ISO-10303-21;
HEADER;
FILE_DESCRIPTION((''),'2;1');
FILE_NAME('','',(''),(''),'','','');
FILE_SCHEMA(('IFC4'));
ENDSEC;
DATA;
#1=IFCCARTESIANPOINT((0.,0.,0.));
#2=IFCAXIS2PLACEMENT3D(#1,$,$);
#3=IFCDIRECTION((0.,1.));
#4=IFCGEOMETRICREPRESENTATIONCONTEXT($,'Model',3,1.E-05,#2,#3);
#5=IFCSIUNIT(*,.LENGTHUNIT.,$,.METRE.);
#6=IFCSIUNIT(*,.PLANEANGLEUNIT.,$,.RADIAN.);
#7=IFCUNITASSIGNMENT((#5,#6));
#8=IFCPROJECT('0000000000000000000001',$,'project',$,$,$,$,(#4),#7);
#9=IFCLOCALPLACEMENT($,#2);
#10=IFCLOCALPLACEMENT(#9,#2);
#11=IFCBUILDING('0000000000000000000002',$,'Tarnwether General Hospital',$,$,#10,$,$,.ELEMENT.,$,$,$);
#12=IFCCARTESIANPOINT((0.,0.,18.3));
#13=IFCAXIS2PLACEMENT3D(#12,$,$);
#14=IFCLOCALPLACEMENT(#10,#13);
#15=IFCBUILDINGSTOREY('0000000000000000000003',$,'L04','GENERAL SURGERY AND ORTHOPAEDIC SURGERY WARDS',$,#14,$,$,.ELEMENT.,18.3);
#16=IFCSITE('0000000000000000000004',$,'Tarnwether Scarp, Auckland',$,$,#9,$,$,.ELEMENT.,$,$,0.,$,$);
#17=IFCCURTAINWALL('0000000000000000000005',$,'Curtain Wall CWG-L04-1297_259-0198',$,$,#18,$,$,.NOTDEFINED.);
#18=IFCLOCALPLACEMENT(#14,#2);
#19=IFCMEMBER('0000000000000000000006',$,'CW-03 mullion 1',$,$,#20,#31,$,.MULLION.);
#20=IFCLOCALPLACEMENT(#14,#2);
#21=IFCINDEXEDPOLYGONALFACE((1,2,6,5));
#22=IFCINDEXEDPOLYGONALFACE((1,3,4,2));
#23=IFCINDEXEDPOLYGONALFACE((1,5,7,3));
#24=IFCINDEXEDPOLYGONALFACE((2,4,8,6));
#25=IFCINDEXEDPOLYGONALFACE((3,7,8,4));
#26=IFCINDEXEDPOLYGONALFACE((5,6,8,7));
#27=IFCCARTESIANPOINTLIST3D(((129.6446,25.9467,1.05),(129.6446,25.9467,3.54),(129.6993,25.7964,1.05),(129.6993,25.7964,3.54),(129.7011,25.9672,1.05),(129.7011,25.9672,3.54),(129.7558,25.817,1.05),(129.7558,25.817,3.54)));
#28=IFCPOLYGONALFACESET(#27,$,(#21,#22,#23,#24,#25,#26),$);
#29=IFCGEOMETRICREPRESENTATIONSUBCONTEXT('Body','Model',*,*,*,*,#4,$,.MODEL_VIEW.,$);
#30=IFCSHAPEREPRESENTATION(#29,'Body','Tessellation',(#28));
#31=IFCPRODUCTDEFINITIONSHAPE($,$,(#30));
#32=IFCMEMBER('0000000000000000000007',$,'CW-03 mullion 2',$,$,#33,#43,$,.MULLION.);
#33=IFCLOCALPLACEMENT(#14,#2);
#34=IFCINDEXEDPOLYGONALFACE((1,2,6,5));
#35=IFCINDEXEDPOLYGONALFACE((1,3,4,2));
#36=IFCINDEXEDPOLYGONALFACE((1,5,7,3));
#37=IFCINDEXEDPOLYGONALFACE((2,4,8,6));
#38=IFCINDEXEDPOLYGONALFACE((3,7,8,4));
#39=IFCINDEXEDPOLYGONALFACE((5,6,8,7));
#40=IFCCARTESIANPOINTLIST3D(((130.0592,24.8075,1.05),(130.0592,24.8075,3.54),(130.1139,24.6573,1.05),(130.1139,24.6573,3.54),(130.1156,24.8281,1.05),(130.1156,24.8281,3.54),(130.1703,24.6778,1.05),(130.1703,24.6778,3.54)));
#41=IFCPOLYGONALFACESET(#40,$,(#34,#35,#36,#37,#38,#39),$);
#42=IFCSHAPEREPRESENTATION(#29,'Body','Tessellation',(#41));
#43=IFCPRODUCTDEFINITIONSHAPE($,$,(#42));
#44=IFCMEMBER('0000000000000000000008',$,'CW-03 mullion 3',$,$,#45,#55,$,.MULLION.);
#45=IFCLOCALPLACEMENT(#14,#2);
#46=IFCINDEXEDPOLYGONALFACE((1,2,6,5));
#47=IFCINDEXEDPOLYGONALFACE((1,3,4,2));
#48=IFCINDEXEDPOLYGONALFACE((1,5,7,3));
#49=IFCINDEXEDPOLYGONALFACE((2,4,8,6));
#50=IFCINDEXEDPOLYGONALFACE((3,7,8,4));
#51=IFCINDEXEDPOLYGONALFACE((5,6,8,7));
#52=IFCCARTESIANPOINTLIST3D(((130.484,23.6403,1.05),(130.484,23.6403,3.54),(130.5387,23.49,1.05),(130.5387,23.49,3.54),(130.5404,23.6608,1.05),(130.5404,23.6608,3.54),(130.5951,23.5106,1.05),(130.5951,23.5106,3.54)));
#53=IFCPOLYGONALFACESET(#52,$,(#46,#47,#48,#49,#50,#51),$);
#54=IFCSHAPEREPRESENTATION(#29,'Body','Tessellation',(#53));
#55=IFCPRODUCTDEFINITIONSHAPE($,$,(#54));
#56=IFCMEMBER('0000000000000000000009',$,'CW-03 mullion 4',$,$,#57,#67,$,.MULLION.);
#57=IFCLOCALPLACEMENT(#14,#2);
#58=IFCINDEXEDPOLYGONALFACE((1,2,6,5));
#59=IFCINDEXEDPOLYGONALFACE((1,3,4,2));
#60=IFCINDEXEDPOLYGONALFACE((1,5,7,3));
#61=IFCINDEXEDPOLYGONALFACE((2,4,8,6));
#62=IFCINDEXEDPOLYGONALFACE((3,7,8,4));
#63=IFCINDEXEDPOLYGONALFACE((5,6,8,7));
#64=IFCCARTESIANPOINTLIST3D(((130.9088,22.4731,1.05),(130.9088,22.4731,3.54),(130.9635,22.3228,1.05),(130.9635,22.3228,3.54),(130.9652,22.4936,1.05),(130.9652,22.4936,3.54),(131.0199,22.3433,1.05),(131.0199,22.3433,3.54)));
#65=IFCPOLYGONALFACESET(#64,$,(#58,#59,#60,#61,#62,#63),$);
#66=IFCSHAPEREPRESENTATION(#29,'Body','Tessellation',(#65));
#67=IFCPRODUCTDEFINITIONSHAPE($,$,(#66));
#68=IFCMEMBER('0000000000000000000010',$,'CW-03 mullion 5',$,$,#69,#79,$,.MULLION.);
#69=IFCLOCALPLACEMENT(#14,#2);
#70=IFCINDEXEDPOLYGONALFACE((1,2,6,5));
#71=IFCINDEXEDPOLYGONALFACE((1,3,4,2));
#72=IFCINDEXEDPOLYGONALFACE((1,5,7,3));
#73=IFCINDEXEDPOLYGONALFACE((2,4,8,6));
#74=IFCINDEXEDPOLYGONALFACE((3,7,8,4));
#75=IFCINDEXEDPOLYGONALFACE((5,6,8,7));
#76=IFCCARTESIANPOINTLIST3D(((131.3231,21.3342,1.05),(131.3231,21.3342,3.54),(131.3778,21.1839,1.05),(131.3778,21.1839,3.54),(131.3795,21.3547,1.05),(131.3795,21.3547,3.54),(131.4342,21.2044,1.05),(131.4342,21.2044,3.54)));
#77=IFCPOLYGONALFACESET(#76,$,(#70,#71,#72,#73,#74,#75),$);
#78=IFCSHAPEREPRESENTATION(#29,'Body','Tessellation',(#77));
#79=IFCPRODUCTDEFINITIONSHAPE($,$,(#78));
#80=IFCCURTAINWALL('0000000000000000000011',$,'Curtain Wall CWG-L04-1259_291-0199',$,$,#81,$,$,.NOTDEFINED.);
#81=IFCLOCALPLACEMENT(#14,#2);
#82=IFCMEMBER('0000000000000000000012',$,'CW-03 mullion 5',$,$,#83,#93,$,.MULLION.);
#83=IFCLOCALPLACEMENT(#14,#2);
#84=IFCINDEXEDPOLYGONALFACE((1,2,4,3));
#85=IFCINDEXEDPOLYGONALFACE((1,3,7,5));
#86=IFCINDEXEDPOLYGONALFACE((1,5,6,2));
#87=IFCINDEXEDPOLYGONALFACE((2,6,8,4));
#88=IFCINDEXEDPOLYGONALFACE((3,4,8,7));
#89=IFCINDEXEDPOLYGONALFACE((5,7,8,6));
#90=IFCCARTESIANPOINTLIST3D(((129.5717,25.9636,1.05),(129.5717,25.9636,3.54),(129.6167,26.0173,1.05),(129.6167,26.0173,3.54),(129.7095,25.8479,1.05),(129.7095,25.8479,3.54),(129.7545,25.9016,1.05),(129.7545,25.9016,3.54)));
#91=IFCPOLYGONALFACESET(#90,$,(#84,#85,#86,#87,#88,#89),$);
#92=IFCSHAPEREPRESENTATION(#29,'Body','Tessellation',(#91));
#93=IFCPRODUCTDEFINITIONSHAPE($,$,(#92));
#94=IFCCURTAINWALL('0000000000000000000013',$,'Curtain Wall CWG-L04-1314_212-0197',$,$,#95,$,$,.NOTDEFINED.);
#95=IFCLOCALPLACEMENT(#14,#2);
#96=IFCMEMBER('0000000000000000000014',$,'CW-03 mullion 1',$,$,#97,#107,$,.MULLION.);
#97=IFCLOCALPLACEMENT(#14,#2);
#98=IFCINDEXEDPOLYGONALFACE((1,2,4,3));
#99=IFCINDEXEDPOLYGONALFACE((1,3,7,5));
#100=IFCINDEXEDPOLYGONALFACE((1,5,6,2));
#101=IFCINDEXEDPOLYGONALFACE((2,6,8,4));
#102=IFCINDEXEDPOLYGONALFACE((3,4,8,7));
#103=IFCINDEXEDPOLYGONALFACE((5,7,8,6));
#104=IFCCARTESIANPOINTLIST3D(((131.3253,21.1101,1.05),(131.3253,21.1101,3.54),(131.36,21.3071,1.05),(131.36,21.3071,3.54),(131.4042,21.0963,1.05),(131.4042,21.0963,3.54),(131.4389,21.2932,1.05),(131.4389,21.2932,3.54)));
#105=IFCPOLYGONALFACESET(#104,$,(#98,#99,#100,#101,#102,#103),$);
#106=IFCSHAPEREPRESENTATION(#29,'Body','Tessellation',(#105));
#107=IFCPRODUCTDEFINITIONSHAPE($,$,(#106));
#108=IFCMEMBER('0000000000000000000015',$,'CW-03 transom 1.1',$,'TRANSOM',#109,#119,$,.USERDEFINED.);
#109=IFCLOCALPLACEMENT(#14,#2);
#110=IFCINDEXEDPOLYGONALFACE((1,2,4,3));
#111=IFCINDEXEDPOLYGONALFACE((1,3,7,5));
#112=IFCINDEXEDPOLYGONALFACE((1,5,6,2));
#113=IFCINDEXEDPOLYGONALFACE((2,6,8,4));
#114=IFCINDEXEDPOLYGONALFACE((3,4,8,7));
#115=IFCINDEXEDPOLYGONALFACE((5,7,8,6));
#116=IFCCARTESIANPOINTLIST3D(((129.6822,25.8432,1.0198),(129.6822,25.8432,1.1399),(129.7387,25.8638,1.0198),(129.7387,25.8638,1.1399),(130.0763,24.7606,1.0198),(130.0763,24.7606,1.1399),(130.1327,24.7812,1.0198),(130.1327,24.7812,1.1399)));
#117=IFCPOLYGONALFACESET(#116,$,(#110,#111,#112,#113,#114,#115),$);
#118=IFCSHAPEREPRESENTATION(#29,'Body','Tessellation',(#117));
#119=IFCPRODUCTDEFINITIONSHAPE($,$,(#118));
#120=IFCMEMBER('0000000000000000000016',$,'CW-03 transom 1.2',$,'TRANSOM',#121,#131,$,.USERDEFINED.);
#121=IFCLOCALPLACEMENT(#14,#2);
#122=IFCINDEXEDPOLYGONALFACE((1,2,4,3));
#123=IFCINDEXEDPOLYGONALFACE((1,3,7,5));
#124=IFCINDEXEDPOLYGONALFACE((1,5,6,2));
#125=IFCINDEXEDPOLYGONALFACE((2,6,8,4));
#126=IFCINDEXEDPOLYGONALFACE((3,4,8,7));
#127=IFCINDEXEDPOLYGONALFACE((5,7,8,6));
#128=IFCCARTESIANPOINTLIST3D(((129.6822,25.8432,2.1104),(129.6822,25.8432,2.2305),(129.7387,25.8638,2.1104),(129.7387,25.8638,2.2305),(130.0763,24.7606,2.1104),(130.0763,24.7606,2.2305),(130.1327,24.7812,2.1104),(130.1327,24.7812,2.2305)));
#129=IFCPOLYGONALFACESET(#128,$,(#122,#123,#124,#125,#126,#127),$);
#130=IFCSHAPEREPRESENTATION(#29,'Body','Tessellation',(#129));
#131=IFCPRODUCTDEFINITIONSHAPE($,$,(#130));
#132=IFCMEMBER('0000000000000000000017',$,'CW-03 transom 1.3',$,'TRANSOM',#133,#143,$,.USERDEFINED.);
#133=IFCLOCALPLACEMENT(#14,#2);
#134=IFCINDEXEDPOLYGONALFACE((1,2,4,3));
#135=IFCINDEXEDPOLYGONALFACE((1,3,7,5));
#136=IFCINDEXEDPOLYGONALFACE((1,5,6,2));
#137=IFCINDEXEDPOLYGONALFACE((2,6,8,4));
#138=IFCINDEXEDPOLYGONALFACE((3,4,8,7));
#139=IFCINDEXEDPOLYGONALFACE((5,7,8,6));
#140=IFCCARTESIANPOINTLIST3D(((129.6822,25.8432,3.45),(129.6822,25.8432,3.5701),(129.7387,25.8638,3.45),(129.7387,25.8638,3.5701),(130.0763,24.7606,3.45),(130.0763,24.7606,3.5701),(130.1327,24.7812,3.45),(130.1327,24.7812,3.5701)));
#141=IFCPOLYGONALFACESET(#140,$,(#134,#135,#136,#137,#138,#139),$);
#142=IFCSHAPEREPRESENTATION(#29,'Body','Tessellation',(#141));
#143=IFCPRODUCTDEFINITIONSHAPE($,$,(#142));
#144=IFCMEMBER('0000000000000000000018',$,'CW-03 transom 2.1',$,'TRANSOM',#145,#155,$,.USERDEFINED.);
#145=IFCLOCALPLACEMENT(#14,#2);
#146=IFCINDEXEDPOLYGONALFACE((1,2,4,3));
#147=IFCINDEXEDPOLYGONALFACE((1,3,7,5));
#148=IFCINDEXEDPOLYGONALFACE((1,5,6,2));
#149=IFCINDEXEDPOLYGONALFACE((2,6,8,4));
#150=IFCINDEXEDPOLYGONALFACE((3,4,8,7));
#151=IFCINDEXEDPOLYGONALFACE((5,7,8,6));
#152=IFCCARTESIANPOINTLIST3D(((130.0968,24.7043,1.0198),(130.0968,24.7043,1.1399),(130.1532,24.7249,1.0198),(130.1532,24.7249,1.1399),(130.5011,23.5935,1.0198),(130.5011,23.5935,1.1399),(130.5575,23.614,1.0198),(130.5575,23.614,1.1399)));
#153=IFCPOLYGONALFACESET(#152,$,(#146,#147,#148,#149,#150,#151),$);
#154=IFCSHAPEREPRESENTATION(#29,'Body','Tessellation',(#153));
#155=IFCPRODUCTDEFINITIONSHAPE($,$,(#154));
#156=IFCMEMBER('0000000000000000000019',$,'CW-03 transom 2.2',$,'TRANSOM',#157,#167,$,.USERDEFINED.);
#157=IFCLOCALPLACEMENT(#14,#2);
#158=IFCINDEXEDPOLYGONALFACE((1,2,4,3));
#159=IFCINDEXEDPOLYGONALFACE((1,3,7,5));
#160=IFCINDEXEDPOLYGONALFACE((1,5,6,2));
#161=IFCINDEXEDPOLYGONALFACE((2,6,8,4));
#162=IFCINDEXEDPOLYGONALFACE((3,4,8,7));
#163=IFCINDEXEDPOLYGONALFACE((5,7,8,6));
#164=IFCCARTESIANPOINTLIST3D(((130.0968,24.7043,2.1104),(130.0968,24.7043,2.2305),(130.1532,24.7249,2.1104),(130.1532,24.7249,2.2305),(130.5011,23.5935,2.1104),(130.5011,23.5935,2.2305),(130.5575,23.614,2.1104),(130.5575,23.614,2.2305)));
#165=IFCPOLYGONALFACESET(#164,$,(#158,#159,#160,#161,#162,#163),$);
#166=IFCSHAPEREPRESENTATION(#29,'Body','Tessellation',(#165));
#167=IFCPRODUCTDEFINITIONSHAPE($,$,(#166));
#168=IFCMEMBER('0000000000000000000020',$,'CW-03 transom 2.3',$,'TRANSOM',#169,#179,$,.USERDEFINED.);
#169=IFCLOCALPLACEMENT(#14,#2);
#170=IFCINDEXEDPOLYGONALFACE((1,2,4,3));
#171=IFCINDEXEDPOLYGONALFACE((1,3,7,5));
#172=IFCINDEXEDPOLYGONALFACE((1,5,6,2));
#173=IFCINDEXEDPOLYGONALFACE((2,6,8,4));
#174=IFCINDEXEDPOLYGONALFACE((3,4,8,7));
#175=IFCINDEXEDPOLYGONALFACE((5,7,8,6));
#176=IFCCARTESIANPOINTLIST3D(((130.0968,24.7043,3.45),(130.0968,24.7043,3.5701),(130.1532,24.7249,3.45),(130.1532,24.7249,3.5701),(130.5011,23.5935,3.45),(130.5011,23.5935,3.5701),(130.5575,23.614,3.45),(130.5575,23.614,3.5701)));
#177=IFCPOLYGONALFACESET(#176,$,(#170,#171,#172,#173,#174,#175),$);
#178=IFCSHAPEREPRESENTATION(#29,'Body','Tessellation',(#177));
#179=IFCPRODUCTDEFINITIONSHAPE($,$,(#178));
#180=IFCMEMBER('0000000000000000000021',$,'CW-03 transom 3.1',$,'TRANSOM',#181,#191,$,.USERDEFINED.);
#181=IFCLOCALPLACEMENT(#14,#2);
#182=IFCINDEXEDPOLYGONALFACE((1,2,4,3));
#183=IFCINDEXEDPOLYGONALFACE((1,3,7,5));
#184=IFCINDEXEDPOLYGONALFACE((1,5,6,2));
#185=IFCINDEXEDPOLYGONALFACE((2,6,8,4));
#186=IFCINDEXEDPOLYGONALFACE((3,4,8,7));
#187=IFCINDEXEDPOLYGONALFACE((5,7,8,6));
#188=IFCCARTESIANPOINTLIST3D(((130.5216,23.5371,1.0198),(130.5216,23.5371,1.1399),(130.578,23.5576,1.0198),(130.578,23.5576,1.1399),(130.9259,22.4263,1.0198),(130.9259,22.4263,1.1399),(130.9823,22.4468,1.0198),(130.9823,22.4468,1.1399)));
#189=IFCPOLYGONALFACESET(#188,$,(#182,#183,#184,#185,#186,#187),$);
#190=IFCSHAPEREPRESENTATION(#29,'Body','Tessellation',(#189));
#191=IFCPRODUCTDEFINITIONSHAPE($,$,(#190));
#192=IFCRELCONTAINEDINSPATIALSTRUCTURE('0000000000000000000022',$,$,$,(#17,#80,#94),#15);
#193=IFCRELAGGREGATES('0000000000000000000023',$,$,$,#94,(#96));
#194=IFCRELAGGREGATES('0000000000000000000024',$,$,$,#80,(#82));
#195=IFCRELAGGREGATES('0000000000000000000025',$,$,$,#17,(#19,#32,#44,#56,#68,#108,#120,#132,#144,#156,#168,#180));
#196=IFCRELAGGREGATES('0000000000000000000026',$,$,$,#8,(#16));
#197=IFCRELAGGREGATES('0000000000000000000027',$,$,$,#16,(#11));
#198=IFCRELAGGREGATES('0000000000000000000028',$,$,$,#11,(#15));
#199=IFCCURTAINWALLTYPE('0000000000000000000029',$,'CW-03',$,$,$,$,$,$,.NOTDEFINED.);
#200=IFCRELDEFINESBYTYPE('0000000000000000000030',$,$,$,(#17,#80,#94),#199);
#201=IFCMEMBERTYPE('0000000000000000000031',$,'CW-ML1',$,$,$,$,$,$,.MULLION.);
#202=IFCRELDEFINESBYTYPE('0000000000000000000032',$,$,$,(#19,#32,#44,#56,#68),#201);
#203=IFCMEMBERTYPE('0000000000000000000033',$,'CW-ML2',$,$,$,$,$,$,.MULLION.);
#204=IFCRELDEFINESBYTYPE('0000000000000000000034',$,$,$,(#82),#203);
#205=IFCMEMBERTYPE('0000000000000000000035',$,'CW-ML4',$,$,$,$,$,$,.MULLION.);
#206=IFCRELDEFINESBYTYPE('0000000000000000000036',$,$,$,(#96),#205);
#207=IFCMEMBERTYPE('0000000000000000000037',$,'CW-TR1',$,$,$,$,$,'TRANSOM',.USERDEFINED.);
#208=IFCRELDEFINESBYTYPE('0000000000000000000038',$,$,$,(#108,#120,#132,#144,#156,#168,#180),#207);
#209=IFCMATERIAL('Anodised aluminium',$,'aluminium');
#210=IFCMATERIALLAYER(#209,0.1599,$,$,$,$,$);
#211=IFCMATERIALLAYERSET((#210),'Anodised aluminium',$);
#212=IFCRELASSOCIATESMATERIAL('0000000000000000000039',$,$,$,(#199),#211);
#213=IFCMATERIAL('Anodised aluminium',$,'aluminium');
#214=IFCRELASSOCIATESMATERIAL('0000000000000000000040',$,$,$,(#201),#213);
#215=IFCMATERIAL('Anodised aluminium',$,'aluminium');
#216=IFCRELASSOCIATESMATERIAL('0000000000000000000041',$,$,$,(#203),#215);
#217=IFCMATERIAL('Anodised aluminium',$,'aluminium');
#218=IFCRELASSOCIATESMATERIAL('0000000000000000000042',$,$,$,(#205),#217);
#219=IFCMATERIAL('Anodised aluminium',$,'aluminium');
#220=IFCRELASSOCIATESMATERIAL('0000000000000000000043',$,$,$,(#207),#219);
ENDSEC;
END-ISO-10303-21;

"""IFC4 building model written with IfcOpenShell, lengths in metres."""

from ifc_helpers import new_model, si_unit, direction, frame, origin, origin_2d, place, context, subcontext, project, spatial, rectangle, extrude, material, layer, layer_set, material_profile, profile_set, type_object, element, aggregate, save


model = new_model("IFC4")

# Units and contexts
model_context = context("Model", 3, precision=1e-05, world=origin(), true_north=direction((0.0, 1.0)))
body_context = subcontext(model_context, "Body", "Model", "MODEL_VIEW")
ifc_project = project(units=[si_unit("LENGTHUNIT", "METRE"), si_unit("PLANEANGLEUNIT", "RADIAN")], contexts=[model_context])

# Site, building, storey
site_placement = place(None, origin())
site = spatial("IfcSite", under=ifc_project, at=site_placement, Name="Tarnwether Scarp, Auckland", CompositionType="ELEMENT", RefElevation=0.0)
building_placement = place(site_placement, origin())
building = spatial("IfcBuilding", under=site, at=building_placement, Name="Tarnwether General Hospital", CompositionType="ELEMENT")
storey_placement = place(building_placement, frame((0.0, 0.0, 18.3)))
storey = spatial("IfcBuildingStorey", under=building, at=storey_placement, Name="L04", Description="GENERAL SURGERY AND ORTHOPAEDIC SURGERY WARDS", CompositionType="ELEMENT", Elevation=18.3)

# Curtain wall, members
ifc_material_1 = material(Name="Anodised aluminium", Category="aluminium")
ifc_layer_1 = layer(ifc_material_1, 0.1599)
ifc_layer_set_1 = layer_set([ifc_layer_1], Name="Anodised aluminium")
curtain_wall_type = type_object("IfcCurtainWallType", Name="CW-03", PredefinedType="NOTDEFINED", material=ifc_layer_set_1)
curtain_wall_1_placement = place(storey_placement, origin())
curtain_wall_1 = element("IfcCurtainWall", 1, at=curtain_wall_1_placement, inside=storey, type_object=curtain_wall_type, Name="Curtain Wall CWG-L04-1297_259-0198", PredefinedType="NOTDEFINED")
ifc_material_2 = material(Name="Anodised aluminium", Category="aluminium")
ifc_material_profile_1 = material_profile(ifc_material_2, rectangle(XDim=0.0601, YDim=0.1599, at=origin_2d()), Name="ALU-MUL-60x160")
ifc_profile_set_1 = profile_set([ifc_material_profile_1], Name="Anodised aluminium")
member_type_1 = type_object("IfcMemberType", Name="CW-ML1", PredefinedType="MULLION", material=ifc_profile_set_1)
member_1_placement = place(storey_placement, frame((129.7002, 25.8818, 1.05), z_axis=(0.0, 0.0, 1.0), x_axis=(0.939717, 0.341953, 0.0)))
member_1 = element("IfcMember", 2, at=member_1_placement, type_object=member_type_1, Name="CW-03 mullion 1", PredefinedType="MULLION", context=body_context, shape_type="SweptSolid", body=[
    extrude(rectangle(XDim=0.0601, YDim=0.1599, at=origin_2d()), origin(), (0.0, 0.0, 1.0), 2.49),
])
member_2_placement = place(storey_placement, frame((130.1147, 24.7427, 1.05), z_axis=(0.0, 0.0, 1.0), x_axis=(0.939717, 0.341953, 0.0)))
member_2 = element("IfcMember", 3, at=member_2_placement, type_object=member_type_1, Name="CW-03 mullion 2", PredefinedType="MULLION", context=body_context, shape_type="SweptSolid", body=[
    extrude(rectangle(XDim=0.0601, YDim=0.1599, at=origin_2d()), origin(), (0.0, 0.0, 1.0), 2.49),
])
member_3_placement = place(storey_placement, frame((130.5396, 23.5754, 1.05), z_axis=(0.0, 0.0, 1.0), x_axis=(0.939717, 0.341953, 0.0)))
member_3 = element("IfcMember", 4, at=member_3_placement, type_object=member_type_1, Name="CW-03 mullion 3", PredefinedType="MULLION", context=body_context, shape_type="SweptSolid", body=[
    extrude(rectangle(XDim=0.0601, YDim=0.1599, at=origin_2d()), origin(), (0.0, 0.0, 1.0), 2.49),
])
member_4_placement = place(storey_placement, frame((130.9644, 22.4082, 1.05), z_axis=(0.0, 0.0, 1.0), x_axis=(0.939717, 0.341953, 0.0)))
member_4 = element("IfcMember", 5, at=member_4_placement, type_object=member_type_1, Name="CW-03 mullion 4", PredefinedType="MULLION", context=body_context, shape_type="SweptSolid", body=[
    extrude(rectangle(XDim=0.0601, YDim=0.1599, at=origin_2d()), origin(), (0.0, 0.0, 1.0), 2.49),
])
member_5_placement = place(storey_placement, frame((131.3787, 21.2693, 1.05), z_axis=(0.0, 0.0, 1.0), x_axis=(0.939717, 0.341953, 0.0)))
member_5 = element("IfcMember", 6, at=member_5_placement, type_object=member_type_1, Name="CW-03 mullion 5", PredefinedType="MULLION", context=body_context, shape_type="SweptSolid", body=[
    extrude(rectangle(XDim=0.0601, YDim=0.1599, at=origin_2d()), origin(), (0.0, 0.0, 1.0), 2.49),
])

# Curtain walls, members
curtain_wall_2_placement = place(storey_placement, origin())
curtain_wall_2 = element("IfcCurtainWall", 7, at=curtain_wall_2_placement, inside=storey, type_object=curtain_wall_type, Name="Curtain Wall CWG-L04-1259_291-0199", PredefinedType="NOTDEFINED")
ifc_material_3 = material(Name="Anodised aluminium", Category="aluminium")
ifc_material_profile_2 = material_profile(ifc_material_3, rectangle(XDim=0.0701, YDim=0.1799, at=origin_2d()), Name="ALU-MUL-70x180")
ifc_profile_set_2 = profile_set([ifc_material_profile_2], Name="Anodised aluminium")
member_type_2 = type_object("IfcMemberType", Name="CW-ML2", PredefinedType="MULLION", material=ifc_profile_set_2)
member_6_placement = place(storey_placement, frame((129.6631, 25.9326, 1.05), z_axis=(0.0, 0.0, 1.0), x_axis=(0.642852, 0.76599, 0.0)))
member_6 = element("IfcMember", 8, at=member_6_placement, type_object=member_type_2, Name="CW-03 mullion 5", PredefinedType="MULLION", context=body_context, shape_type="SweptSolid", body=[
    extrude(rectangle(XDim=0.0701, YDim=0.1799, at=origin_2d()), origin(), (0.0, 0.0, 1.0), 2.49),
])
curtain_wall_3_placement = place(storey_placement, origin())
curtain_wall_3 = element("IfcCurtainWall", 9, at=curtain_wall_3_placement, inside=storey, type_object=curtain_wall_type, Name="Curtain Wall CWG-L04-1314_212-0197", PredefinedType="NOTDEFINED")
ifc_material_4 = material(Name="Anodised aluminium", Category="aluminium")
ifc_material_profile_3 = material_profile(ifc_material_4, rectangle(XDim=0.0801, YDim=0.2, at=origin_2d()), Name="ALU-MUL-80x200")
ifc_profile_set_3 = profile_set([ifc_material_profile_3], Name="Anodised aluminium")
member_type_3 = type_object("IfcMemberType", Name="CW-ML4", PredefinedType="MULLION", material=ifc_profile_set_3)
member_7_placement = place(storey_placement, frame((131.3821, 21.2017, 1.05), z_axis=(0.0, 0.0, 1.0), x_axis=(0.98484, -0.173464, 0.0)))
member_7 = element("IfcMember", 10, at=member_7_placement, type_object=member_type_3, Name="CW-03 mullion 1", PredefinedType="MULLION", context=body_context, shape_type="SweptSolid", body=[
    extrude(rectangle(XDim=0.0801, YDim=0.2, at=origin_2d()), origin(), (0.0, 0.0, 1.0), 2.49),
])
aggregate(curtain_wall_3, [member_7])

# Members
ifc_material_5 = material(Name="Anodised aluminium", Category="aluminium")
ifc_material_profile_4 = material_profile(ifc_material_5, rectangle(XDim=0.0601, YDim=0.1201, at=origin_2d()), Name="ALU-TRN-60x120")
ifc_profile_set_4 = profile_set([ifc_material_profile_4], Name="Anodised aluminium")
member_type_4 = type_object("IfcMemberType", Name="CW-TR1", ElementType="TRANSOM", PredefinedType="USERDEFINED", material=ifc_profile_set_4)
member_8_placement = place(storey_placement, frame((129.7104, 25.8535, 1.0798), z_axis=(0.342049, -0.939682, 0.0), x_axis=(0.939682, 0.342049, 0.0)))
member_8 = element("IfcMember", 11, at=member_8_placement, type_object=member_type_4, Name="CW-03 transom 1.1", ObjectType="TRANSOM", PredefinedType="USERDEFINED", context=body_context, shape_type="SweptSolid", body=[
    extrude(rectangle(XDim=0.0601, YDim=0.1201, at=origin_2d()), origin(), (0.0, 0.0, 1.0), 1.1521),
])
member_9_placement = place(storey_placement, frame((129.7104, 25.8535, 2.1704), z_axis=(0.342049, -0.939682, 0.0), x_axis=(0.939682, 0.342049, 0.0)))
member_9 = element("IfcMember", 12, at=member_9_placement, type_object=member_type_4, Name="CW-03 transom 1.2", ObjectType="TRANSOM", PredefinedType="USERDEFINED", context=body_context, shape_type="SweptSolid", body=[
    extrude(rectangle(XDim=0.0601, YDim=0.1201, at=origin_2d()), origin(), (0.0, 0.0, 1.0), 1.1521),
])
member_10_placement = place(storey_placement, frame((129.7104, 25.8535, 3.51), z_axis=(0.342049, -0.939682, 0.0), x_axis=(0.939682, 0.342049, 0.0)))
member_10 = element("IfcMember", 13, at=member_10_placement, type_object=member_type_4, Name="CW-03 transom 1.3", ObjectType="TRANSOM", PredefinedType="USERDEFINED", context=body_context, shape_type="SweptSolid", body=[
    extrude(rectangle(XDim=0.0601, YDim=0.1201, at=origin_2d()), origin(), (0.0, 0.0, 1.0), 1.1521),
])
member_11_placement = place(storey_placement, frame((130.125, 24.7146, 1.0798), z_axis=(0.342008, -0.939697, 0.0), x_axis=(0.939697, 0.342008, 0.0)))
member_11 = element("IfcMember", 14, at=member_11_placement, type_object=member_type_4, Name="CW-03 transom 2.1", ObjectType="TRANSOM", PredefinedType="USERDEFINED", context=body_context, shape_type="SweptSolid", body=[
    extrude(rectangle(XDim=0.0601, YDim=0.1201, at=origin_2d()), origin(), (0.0, 0.0, 1.0), 1.1821),
])
member_12_placement = place(storey_placement, frame((130.125, 24.7146, 2.1704), z_axis=(0.342008, -0.939697, 0.0), x_axis=(0.939697, 0.342008, 0.0)))
member_12 = element("IfcMember", 15, at=member_12_placement, type_object=member_type_4, Name="CW-03 transom 2.2", ObjectType="TRANSOM", PredefinedType="USERDEFINED", context=body_context, shape_type="SweptSolid", body=[
    extrude(rectangle(XDim=0.0601, YDim=0.1201, at=origin_2d()), origin(), (0.0, 0.0, 1.0), 1.1821),
])
member_13_placement = place(storey_placement, frame((130.125, 24.7146, 3.51), z_axis=(0.342008, -0.939697, 0.0), x_axis=(0.939697, 0.342008, 0.0)))
member_13 = element("IfcMember", 16, at=member_13_placement, type_object=member_type_4, Name="CW-03 transom 2.3", ObjectType="TRANSOM", PredefinedType="USERDEFINED", context=body_context, shape_type="SweptSolid", body=[
    extrude(rectangle(XDim=0.0601, YDim=0.1201, at=origin_2d()), origin(), (0.0, 0.0, 1.0), 1.1821),
])
member_14_placement = place(storey_placement, frame((130.5498, 23.5474, 1.0798), z_axis=(0.342008, -0.939697, 0.0), x_axis=(0.939697, 0.342008, 0.0)))
member_14 = element("IfcMember", 17, at=member_14_placement, type_object=member_type_4, Name="CW-03 transom 3.1", ObjectType="TRANSOM", PredefinedType="USERDEFINED", context=body_context, shape_type="SweptSolid", body=[
    extrude(rectangle(XDim=0.0601, YDim=0.1201, at=origin_2d()), origin(), (0.0, 0.0, 1.0), 1.1821),
])

aggregate(curtain_wall_2, [member_6])
aggregate(curtain_wall_1, [member_1, member_2, member_3, member_4, member_5, member_8, member_9, member_10, member_11, member_12, member_13, member_14])

save(model, "model.ifc")
